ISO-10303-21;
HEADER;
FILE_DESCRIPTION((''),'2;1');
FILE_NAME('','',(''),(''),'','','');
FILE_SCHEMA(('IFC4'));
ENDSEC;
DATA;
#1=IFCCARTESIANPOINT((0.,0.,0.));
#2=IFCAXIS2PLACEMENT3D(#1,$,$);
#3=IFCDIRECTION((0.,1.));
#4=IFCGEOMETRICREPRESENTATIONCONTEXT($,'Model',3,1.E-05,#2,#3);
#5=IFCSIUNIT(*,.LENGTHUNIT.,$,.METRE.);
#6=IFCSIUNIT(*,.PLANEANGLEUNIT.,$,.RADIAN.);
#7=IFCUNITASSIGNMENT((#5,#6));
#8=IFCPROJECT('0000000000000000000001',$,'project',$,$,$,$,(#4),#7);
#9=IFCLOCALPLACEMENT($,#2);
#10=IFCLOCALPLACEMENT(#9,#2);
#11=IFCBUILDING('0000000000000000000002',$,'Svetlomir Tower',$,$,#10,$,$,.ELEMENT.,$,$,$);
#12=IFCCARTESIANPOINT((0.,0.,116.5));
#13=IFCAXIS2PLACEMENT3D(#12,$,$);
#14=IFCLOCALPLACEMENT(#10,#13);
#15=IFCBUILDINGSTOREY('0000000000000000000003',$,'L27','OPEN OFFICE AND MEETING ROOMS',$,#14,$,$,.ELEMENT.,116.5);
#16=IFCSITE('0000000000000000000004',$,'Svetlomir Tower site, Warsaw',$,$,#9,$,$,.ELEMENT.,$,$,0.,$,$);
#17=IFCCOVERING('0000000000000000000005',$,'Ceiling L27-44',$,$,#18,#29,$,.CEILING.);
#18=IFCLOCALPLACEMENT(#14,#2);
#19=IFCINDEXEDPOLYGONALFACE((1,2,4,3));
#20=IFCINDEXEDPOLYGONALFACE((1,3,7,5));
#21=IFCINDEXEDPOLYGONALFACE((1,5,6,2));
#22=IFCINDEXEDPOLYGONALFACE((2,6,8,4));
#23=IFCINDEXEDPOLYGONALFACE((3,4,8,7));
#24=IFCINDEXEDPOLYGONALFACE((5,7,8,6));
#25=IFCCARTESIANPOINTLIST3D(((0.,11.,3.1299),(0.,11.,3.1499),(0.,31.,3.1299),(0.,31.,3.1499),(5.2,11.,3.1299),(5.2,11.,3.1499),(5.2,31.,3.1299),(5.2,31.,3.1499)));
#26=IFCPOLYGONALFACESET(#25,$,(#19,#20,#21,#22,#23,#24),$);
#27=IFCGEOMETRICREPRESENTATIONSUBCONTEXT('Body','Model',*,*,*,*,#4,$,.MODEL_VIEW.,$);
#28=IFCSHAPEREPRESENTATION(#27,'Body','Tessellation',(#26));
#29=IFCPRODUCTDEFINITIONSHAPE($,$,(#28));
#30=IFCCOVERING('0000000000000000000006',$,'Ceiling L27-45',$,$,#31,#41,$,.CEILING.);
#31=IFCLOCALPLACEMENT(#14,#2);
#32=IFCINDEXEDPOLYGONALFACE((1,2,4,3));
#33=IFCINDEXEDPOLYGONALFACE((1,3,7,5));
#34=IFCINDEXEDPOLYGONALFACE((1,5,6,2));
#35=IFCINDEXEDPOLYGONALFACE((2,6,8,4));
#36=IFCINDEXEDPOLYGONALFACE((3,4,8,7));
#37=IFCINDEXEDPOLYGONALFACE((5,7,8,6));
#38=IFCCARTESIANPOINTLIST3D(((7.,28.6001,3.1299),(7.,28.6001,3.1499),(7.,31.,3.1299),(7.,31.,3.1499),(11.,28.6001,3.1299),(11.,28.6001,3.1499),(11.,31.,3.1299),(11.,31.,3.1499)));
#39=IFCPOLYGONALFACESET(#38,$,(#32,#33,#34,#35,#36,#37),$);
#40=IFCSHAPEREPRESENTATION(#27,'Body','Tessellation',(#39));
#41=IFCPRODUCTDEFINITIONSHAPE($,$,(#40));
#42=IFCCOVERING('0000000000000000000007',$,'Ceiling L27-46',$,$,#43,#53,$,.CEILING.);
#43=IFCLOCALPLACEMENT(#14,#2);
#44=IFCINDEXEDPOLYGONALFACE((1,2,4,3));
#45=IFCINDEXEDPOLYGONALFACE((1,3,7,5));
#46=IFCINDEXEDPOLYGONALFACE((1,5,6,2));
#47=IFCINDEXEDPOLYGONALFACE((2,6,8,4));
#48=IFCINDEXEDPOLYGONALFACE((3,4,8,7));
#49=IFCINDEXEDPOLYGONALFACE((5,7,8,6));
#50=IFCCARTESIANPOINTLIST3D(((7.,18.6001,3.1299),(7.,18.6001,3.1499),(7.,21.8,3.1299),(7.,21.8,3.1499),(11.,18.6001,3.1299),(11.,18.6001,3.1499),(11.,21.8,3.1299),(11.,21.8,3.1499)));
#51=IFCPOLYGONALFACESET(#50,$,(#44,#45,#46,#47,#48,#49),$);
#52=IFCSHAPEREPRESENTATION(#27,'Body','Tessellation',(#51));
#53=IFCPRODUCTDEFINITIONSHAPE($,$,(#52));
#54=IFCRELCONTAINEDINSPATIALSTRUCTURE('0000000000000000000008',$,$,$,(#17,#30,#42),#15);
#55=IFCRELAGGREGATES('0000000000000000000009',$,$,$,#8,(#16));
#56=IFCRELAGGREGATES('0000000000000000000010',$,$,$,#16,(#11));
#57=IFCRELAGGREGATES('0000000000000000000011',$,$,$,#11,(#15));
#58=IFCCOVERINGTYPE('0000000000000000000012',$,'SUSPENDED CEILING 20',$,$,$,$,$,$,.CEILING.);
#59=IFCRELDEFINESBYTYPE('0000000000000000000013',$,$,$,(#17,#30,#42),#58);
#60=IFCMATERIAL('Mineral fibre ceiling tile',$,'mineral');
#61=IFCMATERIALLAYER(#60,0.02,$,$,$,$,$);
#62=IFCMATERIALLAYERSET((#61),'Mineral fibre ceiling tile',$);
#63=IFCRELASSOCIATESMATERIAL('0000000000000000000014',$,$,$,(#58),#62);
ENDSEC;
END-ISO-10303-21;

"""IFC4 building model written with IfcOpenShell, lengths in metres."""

from ifc_helpers import new_model, si_unit, direction, frame, origin, place, context, subcontext, project, spatial, polyline, outline, extrude, material, layer, layer_set, type_object, element, save


model = new_model("IFC4")

# Units and contexts
model_context = context("Model", 3, precision=1e-05, world=origin(), true_north=direction((0.0, 1.0)))
body_context = subcontext(model_context, "Body", "Model", "MODEL_VIEW")
ifc_project = project(units=[si_unit("LENGTHUNIT", "METRE"), si_unit("PLANEANGLEUNIT", "RADIAN")], contexts=[model_context])

# Site, building, storey
site_placement = place(None, origin())
site = spatial("IfcSite", under=ifc_project, at=site_placement, Name="Svetlomir Tower site, Warsaw", CompositionType="ELEMENT", RefElevation=0.0)
building_placement = place(site_placement, origin())
building = spatial("IfcBuilding", under=site, at=building_placement, Name="Svetlomir Tower", CompositionType="ELEMENT")
storey_placement = place(building_placement, frame((0.0, 0.0, 116.5)))
storey = spatial("IfcBuildingStorey", under=building, at=storey_placement, Name="L27", Description="OPEN OFFICE AND MEETING ROOMS", CompositionType="ELEMENT", Elevation=116.5)

# Coverings
ifc_material_1 = material(Name="Mineral fibre ceiling tile", Category="mineral")
ifc_layer_1 = layer(ifc_material_1, 0.02)
ifc_layer_set_1 = layer_set([ifc_layer_1], Name="Mineral fibre ceiling tile")
covering_type_1 = type_object("IfcCoveringType", Name="SUSPENDED CEILING 20", PredefinedType="CEILING", material=ifc_layer_set_1)
covering_1_placement = place(storey_placement, frame((0.0, 0.0, 3.1299)))
element("IfcCovering", 1, at=covering_1_placement, inside=storey, type_object=covering_type_1, Name="Ceiling L27-44", PredefinedType="CEILING", context=body_context, shape_type="SweptSolid", body=[
    extrude(outline(polyline([(5.2, 31.0), (5.2, 11.0), (0.0, 11.0), (0.0, 31.0), (5.2, 31.0)])), origin(), (0.0, 0.0, 1.0), 0.02),
])
covering_2_placement = place(storey_placement, frame((0.0, 0.0, 3.1299)))
element("IfcCovering", 2, at=covering_2_placement, inside=storey, type_object=covering_type_1, Name="Ceiling L27-45", PredefinedType="CEILING", context=body_context, shape_type="SweptSolid", body=[
    extrude(outline(polyline([(11.0, 28.6001), (7.0, 28.6001), (7.0, 31.0), (11.0, 31.0), (11.0, 28.6001)])), origin(), (0.0, 0.0, 1.0), 0.02),
])
covering_3_placement = place(storey_placement, frame((0.0, 0.0, 3.1299)))
element("IfcCovering", 3, at=covering_3_placement, inside=storey, type_object=covering_type_1, Name="Ceiling L27-46", PredefinedType="CEILING", context=body_context, shape_type="SweptSolid", body=[
    extrude(outline(polyline([(7.0, 18.6001), (7.0, 21.8), (11.0, 21.8), (11.0, 18.6001), (7.0, 18.6001)])), origin(), (0.0, 0.0, 1.0), 0.02),
])

save(model, "model.ifc")
